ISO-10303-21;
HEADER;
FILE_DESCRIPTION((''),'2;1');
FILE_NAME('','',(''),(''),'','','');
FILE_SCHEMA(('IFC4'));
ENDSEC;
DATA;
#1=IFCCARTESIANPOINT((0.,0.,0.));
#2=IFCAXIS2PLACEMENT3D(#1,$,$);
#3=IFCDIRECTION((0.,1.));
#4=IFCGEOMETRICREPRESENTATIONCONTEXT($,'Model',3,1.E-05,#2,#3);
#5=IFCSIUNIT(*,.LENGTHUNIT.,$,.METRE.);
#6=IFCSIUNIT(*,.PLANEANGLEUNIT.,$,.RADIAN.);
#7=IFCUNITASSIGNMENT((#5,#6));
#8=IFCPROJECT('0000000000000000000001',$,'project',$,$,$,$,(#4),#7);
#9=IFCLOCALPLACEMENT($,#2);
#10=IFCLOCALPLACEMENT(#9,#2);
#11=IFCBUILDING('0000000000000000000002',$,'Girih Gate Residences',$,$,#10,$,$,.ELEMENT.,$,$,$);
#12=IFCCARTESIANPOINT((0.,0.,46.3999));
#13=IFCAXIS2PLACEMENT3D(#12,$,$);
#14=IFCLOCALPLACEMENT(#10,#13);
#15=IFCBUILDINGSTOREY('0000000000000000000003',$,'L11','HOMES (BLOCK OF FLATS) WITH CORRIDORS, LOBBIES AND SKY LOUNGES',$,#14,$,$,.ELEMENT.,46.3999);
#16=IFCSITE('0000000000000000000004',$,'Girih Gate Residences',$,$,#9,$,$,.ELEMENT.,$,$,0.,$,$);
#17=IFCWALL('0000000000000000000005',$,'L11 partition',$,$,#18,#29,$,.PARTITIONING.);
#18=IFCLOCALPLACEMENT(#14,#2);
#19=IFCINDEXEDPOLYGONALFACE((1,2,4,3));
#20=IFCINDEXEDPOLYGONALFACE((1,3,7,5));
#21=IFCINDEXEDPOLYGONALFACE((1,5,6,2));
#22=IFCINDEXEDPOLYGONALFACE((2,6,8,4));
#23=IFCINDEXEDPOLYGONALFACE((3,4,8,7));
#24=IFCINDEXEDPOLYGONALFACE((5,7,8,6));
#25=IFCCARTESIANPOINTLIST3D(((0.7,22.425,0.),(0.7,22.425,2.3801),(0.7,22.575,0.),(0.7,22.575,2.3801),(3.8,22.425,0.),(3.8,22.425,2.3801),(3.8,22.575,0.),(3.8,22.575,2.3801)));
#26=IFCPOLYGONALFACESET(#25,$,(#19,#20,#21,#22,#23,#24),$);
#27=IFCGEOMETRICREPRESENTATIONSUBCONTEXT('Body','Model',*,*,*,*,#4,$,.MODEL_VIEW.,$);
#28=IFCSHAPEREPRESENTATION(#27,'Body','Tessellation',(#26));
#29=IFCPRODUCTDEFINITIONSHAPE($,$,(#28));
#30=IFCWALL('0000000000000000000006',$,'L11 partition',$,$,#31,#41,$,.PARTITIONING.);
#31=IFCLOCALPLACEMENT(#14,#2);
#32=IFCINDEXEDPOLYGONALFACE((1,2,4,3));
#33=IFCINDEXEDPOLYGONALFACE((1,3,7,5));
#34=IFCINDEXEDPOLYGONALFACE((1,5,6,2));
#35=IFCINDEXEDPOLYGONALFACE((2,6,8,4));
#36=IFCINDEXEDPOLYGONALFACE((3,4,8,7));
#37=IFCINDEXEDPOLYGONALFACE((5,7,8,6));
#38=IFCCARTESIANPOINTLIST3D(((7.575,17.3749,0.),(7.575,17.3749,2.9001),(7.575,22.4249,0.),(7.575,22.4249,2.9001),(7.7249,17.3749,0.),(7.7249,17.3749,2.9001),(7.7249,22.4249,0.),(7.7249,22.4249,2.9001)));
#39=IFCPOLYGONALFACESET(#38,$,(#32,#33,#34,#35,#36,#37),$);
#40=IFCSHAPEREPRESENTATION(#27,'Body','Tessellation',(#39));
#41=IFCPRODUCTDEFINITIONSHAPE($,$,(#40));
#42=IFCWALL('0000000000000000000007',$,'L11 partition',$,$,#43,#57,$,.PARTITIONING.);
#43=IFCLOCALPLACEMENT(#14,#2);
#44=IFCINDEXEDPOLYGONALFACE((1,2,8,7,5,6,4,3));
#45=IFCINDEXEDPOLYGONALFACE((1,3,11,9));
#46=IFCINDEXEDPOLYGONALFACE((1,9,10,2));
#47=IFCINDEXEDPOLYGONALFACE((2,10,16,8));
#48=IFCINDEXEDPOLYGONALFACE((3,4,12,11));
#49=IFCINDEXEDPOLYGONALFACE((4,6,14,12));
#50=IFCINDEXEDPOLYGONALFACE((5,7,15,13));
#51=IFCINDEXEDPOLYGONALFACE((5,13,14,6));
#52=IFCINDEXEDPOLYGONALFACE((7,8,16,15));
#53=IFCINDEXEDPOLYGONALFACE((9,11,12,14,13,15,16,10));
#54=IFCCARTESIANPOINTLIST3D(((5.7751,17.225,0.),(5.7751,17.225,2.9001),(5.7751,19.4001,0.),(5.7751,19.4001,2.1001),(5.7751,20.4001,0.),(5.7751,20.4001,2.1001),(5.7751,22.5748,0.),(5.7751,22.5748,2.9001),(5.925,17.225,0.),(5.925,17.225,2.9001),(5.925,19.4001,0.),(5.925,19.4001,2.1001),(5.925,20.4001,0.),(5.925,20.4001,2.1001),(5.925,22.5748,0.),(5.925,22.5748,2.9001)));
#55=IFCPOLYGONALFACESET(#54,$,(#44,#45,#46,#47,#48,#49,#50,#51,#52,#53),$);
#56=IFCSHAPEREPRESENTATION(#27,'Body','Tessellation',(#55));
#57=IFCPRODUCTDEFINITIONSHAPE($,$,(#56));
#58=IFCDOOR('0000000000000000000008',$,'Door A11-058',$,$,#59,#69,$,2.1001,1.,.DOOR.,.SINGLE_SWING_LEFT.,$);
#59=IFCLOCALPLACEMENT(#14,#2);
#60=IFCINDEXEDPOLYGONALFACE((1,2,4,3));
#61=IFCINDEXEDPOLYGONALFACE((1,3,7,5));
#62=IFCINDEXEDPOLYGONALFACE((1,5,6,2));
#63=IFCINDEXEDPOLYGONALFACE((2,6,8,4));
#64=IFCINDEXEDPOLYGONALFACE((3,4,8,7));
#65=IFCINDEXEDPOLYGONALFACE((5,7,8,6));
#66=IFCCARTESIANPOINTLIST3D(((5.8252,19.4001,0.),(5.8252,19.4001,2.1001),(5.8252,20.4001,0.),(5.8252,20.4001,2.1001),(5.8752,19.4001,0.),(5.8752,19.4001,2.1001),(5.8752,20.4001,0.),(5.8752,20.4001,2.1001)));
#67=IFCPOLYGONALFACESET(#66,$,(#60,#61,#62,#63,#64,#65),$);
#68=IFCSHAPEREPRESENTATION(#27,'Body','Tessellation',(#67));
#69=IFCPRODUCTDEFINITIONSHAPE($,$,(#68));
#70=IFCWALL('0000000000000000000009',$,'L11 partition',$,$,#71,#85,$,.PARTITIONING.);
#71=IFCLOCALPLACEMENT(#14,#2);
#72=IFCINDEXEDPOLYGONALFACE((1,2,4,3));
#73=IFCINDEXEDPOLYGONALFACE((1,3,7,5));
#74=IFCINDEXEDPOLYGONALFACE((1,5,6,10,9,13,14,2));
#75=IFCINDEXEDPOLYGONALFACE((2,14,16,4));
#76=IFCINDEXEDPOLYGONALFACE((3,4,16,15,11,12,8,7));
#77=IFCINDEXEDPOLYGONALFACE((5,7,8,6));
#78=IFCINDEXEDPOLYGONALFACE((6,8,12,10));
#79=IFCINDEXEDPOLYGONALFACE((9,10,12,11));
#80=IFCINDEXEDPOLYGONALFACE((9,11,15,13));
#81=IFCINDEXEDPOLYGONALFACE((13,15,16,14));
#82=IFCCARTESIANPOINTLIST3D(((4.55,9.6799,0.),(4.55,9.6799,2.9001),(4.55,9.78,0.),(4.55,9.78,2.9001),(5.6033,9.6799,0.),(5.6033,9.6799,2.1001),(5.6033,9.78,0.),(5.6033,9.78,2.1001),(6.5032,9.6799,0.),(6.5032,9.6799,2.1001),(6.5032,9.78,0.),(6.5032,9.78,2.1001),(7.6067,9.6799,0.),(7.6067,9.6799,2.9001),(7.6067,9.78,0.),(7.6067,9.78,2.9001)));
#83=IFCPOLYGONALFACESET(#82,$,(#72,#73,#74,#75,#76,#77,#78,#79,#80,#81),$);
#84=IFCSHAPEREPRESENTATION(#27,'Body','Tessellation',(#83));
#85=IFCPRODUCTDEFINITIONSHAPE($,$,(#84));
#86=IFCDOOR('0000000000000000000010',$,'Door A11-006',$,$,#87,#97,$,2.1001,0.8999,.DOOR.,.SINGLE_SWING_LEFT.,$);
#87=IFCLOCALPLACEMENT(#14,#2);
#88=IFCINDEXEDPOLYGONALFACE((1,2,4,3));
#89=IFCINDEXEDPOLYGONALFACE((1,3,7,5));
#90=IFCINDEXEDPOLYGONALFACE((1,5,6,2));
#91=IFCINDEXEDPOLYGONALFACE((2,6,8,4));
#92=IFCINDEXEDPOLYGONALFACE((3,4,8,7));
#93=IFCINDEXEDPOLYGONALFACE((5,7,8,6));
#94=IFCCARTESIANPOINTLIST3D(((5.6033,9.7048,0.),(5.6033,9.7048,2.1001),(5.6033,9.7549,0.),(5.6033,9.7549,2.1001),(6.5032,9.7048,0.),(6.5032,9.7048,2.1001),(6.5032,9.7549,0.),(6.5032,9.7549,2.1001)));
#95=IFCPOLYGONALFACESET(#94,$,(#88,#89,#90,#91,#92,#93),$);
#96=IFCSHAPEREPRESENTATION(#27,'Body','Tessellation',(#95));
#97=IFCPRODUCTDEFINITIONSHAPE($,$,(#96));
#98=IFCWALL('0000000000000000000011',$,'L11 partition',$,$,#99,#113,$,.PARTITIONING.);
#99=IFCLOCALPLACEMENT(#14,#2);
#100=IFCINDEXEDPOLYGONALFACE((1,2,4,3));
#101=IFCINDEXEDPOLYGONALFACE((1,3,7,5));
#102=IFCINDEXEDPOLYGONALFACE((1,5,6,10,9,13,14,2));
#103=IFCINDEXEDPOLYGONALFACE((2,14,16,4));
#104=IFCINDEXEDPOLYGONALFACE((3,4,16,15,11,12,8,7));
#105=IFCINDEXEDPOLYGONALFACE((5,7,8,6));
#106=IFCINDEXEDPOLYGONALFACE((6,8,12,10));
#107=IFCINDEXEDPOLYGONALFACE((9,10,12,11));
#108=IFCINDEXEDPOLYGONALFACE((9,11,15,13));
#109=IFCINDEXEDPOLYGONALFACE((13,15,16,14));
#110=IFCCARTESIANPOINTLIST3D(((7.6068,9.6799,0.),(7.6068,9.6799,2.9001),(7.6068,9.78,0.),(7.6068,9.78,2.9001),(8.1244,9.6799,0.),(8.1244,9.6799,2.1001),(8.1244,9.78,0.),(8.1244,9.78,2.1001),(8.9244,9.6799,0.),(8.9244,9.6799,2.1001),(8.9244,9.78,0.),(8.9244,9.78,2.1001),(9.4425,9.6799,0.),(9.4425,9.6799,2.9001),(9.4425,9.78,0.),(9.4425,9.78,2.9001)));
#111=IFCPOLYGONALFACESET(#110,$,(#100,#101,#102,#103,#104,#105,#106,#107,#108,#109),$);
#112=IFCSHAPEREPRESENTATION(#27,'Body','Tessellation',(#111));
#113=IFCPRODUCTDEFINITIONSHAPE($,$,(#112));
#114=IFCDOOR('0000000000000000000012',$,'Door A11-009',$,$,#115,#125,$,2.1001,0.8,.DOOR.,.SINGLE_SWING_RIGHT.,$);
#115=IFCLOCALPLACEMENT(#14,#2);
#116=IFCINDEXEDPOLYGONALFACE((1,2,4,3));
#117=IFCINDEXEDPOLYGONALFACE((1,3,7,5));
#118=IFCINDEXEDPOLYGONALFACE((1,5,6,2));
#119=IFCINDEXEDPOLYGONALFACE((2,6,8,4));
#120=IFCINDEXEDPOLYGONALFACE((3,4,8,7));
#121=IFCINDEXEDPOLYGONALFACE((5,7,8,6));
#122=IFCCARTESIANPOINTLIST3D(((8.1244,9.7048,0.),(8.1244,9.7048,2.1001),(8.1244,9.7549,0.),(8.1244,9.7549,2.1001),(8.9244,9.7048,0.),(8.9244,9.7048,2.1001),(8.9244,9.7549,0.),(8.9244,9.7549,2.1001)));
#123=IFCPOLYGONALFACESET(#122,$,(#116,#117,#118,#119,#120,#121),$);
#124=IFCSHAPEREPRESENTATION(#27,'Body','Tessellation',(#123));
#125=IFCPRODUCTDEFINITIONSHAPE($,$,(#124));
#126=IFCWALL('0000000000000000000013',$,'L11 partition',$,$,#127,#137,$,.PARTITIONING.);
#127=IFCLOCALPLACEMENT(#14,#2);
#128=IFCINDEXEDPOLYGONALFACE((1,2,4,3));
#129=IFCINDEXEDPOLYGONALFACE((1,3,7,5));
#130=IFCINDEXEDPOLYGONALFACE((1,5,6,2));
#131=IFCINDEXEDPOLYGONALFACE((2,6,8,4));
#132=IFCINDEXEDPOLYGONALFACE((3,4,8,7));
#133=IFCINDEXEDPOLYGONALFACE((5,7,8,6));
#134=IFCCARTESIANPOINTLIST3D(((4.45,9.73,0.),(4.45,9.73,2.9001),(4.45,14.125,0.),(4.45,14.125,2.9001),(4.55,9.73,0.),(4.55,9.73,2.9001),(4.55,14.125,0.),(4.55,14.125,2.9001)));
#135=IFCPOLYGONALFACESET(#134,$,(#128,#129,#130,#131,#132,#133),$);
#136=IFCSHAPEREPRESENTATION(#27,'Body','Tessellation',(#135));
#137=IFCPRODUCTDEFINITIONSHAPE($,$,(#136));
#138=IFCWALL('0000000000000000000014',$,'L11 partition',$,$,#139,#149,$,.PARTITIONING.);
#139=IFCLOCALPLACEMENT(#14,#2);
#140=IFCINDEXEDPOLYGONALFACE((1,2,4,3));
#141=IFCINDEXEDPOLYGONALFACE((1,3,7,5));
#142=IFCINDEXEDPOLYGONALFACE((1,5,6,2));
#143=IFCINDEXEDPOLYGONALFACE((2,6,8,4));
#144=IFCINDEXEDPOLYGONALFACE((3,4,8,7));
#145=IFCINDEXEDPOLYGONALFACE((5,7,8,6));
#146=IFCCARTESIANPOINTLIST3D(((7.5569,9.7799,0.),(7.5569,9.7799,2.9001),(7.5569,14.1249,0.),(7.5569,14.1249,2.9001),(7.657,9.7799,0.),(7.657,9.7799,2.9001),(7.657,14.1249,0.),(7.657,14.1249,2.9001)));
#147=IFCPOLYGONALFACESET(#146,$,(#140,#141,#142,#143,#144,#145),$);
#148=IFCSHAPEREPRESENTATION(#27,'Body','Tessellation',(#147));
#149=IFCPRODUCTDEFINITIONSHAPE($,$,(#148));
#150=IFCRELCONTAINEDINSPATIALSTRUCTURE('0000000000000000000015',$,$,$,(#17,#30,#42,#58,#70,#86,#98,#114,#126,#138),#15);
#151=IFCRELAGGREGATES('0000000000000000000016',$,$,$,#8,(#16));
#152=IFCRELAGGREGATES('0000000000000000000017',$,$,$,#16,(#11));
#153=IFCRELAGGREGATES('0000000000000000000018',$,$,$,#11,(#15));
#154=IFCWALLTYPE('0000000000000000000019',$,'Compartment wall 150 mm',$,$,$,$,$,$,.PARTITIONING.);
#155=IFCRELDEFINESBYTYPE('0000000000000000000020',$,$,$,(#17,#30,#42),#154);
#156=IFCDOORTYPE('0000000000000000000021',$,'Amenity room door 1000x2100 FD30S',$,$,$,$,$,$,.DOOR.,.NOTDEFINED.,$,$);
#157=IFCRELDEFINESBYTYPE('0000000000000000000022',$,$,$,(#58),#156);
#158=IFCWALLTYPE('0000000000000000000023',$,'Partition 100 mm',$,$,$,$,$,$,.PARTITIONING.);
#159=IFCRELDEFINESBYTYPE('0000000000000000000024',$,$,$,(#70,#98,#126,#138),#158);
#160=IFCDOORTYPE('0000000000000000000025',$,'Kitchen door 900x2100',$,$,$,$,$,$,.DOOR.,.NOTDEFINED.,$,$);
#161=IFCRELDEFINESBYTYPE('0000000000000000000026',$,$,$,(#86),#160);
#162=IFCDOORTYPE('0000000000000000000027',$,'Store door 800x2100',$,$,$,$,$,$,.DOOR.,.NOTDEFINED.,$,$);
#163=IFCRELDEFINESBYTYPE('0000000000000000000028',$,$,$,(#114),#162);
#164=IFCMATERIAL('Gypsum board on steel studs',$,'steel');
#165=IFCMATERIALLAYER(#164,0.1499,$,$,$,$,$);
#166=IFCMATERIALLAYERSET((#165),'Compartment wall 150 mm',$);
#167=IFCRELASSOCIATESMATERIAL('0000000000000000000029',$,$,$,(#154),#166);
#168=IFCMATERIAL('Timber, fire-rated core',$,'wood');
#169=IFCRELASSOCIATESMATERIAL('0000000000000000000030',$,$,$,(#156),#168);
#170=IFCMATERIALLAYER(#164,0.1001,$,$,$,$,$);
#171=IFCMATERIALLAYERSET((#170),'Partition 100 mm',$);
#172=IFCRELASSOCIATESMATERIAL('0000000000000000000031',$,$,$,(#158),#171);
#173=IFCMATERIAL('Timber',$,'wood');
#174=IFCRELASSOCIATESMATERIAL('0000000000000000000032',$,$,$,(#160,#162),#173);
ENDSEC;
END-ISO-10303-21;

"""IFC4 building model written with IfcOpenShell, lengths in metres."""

from ifc_helpers import new_model, si_unit, direction, frame, frame_2d, origin, place, context, subcontext, project, spatial, rectangle, extrude, material, layer, layer_set, type_object, element, fill, save


model = new_model("IFC4")

# Units and contexts
model_context = context("Model", 3, precision=1e-05, world=origin(), true_north=direction((0.0, 1.0)))
body_context = subcontext(model_context, "Body", "Model", "MODEL_VIEW")
ifc_project = project(units=[si_unit("LENGTHUNIT", "METRE"), si_unit("PLANEANGLEUNIT", "RADIAN")], contexts=[model_context])

# Site, building, storey
site_placement = place(None, origin())
site = spatial("IfcSite", under=ifc_project, at=site_placement, Name="Girih Gate Residences", CompositionType="ELEMENT", RefElevation=0.0)
building_placement = place(site_placement, origin())
building = spatial("IfcBuilding", under=site, at=building_placement, Name="Girih Gate Residences", CompositionType="ELEMENT")
storey_placement = place(building_placement, frame((0.0, 0.0, 46.3999)))
storey = spatial("IfcBuildingStorey", under=building, at=storey_placement, Name="L11", Description="HOMES (BLOCK OF FLATS) WITH CORRIDORS, LOBBIES AND SKY LOUNGES", CompositionType="ELEMENT", Elevation=46.3999)

# Shared definitions
ifc_material_1 = material(Name="Gypsum board on steel studs", Category="steel")
ifc_layer_1 = layer(ifc_material_1, 0.1499)
ifc_layer_set_1 = layer_set([ifc_layer_1], Name="Compartment wall 150 mm")
wall_type_1 = type_object("IfcWallType", Name="Compartment wall 150 mm", PredefinedType="PARTITIONING", material=ifc_layer_set_1)

# Shared definitions
ifc_material_2 = material(Name="Timber", Category="wood")

# Walls
wall_1_placement = place(storey_placement, frame((0.7, 22.5, 0.0), z_axis=(0.0, 0.0, 1.0), x_axis=(1.0, 0.0, 0.0)))
element("IfcWall", 1, at=wall_1_placement, inside=storey, type_object=wall_type_1, Name="L11 partition", PredefinedType="PARTITIONING", context=body_context, shape_type="SweptSolid", body=[
    extrude(rectangle(XDim=3.1001, YDim=0.1499, at=frame_2d((1.55, 0.0))), origin(), (0.0, 0.0, 1.0), 2.3801),
])
wall_2_placement = place(storey_placement, frame((7.6499, 17.375, 0.0), z_axis=(0.0, 0.0, 1.0), x_axis=(0.0, 1.0, 0.0)))
element("IfcWall", 2, at=wall_2_placement, inside=storey, type_object=wall_type_1, Name="L11 partition", PredefinedType="PARTITIONING", context=body_context, shape_type="SweptSolid", body=[
    extrude(rectangle(XDim=5.05, YDim=0.1499, at=frame_2d((2.5249, 0.0))), origin(), (0.0, 0.0, 1.0), 2.9001),
])

# Walls, openings, doors
wall_3_placement = place(storey_placement, frame((5.8501, 17.2251, 0.0), z_axis=(0.0, 0.0, 1.0), x_axis=(0.0, 1.0, 0.0)))
wall_3 = element("IfcWall", 3, at=wall_3_placement, inside=storey, type_object=wall_type_1, Name="L11 partition", PredefinedType="PARTITIONING", context=body_context, shape_type="SweptSolid", body=[
    extrude(rectangle(XDim=5.3499, YDim=0.1499, at=frame_2d((2.6748, 0.0))), origin(), (0.0, 0.0, 1.0), 2.9001),
])
opening_1_placement = place(wall_3_placement, frame((2.175, 0.0, 0.0)))
opening_1 = element("IfcOpeningElement", 4, at=opening_1_placement, cuts=wall_3, PredefinedType="OPENING", context=body_context, shape_type="SweptSolid", body=[
    extrude(rectangle(XDim=1.0, YDim=2.1001, at=frame_2d((0.5, 1.05))), frame((0.0, 0.085, 0.0), z_axis=(0.0, -1.0, 0.0), x_axis=(1.0, 0.0, 0.0)), (0.0, 0.0, 1.0), 0.1699),
])
ifc_material_3 = material(Name="Timber, fire-rated core", Category="wood")
door_type_1 = type_object("IfcDoorType", Name="Amenity room door 1000x2100 FD30S", OperationType="NOTDEFINED", PredefinedType="DOOR", material=ifc_material_3)
door_1_placement = place(opening_1_placement, origin())
door_1 = element("IfcDoor", 5, at=door_1_placement, inside=storey, type_object=door_type_1, Name="Door A11-058", OperationType="SINGLE_SWING_LEFT", OverallHeight=2.1001, OverallWidth=1.0, PredefinedType="DOOR", context=body_context, shape_type="SweptSolid", body=[
    extrude(rectangle(XDim=1.0, YDim=2.1001, at=frame_2d((0.5, 1.05))), frame((0.0, 0.0249, 0.0), z_axis=(0.0, -1.0, 0.0), x_axis=(1.0, 0.0, 0.0)), (0.0, 0.0, 1.0), 0.05),
])
fill(opening_1, door_1)
ifc_layer_2 = layer(ifc_material_1, 0.1001)
ifc_layer_set_2 = layer_set([ifc_layer_2], Name="Partition 100 mm")
wall_type_2 = type_object("IfcWallType", Name="Partition 100 mm", PredefinedType="PARTITIONING", material=ifc_layer_set_2)
wall_4_placement = place(storey_placement, frame((4.55, 9.73, 0.0), z_axis=(0.0, 0.0, 1.0), x_axis=(1.0, 0.0, 0.0)))
wall_4 = element("IfcWall", 6, at=wall_4_placement, inside=storey, type_object=wall_type_2, Name="L11 partition", PredefinedType="PARTITIONING", context=body_context, shape_type="SweptSolid", body=[
    extrude(rectangle(XDim=3.0566, YDim=0.1001, at=frame_2d((1.5283, 0.0))), origin(), (0.0, 0.0, 1.0), 2.9001),
])
opening_2_placement = place(wall_4_placement, frame((1.0532, 0.0, 0.0)))
opening_2 = element("IfcOpeningElement", 7, at=opening_2_placement, cuts=wall_4, PredefinedType="OPENING", context=body_context, shape_type="SweptSolid", body=[
    extrude(rectangle(XDim=0.8999, YDim=2.1001, at=frame_2d((0.45, 1.05))), frame((0.0, 0.0601, 0.0), z_axis=(0.0, -1.0, 0.0), x_axis=(1.0, 0.0, 0.0)), (0.0, 0.0, 1.0), 0.1201),
])
door_type_2 = type_object("IfcDoorType", Name="Kitchen door 900x2100", OperationType="NOTDEFINED", PredefinedType="DOOR", material=ifc_material_2)
door_2_placement = place(opening_2_placement, origin())
door_2 = element("IfcDoor", 8, at=door_2_placement, inside=storey, type_object=door_type_2, Name="Door A11-006", OperationType="SINGLE_SWING_LEFT", OverallHeight=2.1001, OverallWidth=0.8999, PredefinedType="DOOR", context=body_context, shape_type="SweptSolid", body=[
    extrude(rectangle(XDim=0.8999, YDim=2.1001, at=frame_2d((0.45, 1.05))), frame((0.0, 0.0249, 0.0), z_axis=(0.0, -1.0, 0.0), x_axis=(1.0, 0.0, 0.0)), (0.0, 0.0, 1.0), 0.05),
])
fill(opening_2, door_2)
wall_5_placement = place(storey_placement, frame((7.6067, 9.73, 0.0), z_axis=(0.0, 0.0, 1.0), x_axis=(1.0, 0.0, 0.0)))
wall_5 = element("IfcWall", 9, at=wall_5_placement, inside=storey, type_object=wall_type_2, Name="L11 partition", PredefinedType="PARTITIONING", context=body_context, shape_type="SweptSolid", body=[
    extrude(rectangle(XDim=1.8357, YDim=0.1001, at=frame_2d((0.918, 0.0))), origin(), (0.0, 0.0, 1.0), 2.9001),
])
opening_3_placement = place(wall_5_placement, frame((0.5178, 0.0, 0.0)))
opening_3 = element("IfcOpeningElement", 10, at=opening_3_placement, cuts=wall_5, PredefinedType="OPENING", context=body_context, shape_type="SweptSolid", body=[
    extrude(rectangle(XDim=0.8, YDim=2.1001, at=frame_2d((0.3999, 1.05))), frame((0.0, 0.0601, 0.0), z_axis=(0.0, -1.0, 0.0), x_axis=(1.0, 0.0, 0.0)), (0.0, 0.0, 1.0), 0.1201),
])
door_type_3 = type_object("IfcDoorType", Name="Store door 800x2100", OperationType="NOTDEFINED", PredefinedType="DOOR", material=ifc_material_2)
door_3_placement = place(opening_3_placement, origin())
door_3 = element("IfcDoor", 11, at=door_3_placement, inside=storey, type_object=door_type_3, Name="Door A11-009", OperationType="SINGLE_SWING_RIGHT", OverallHeight=2.1001, OverallWidth=0.8, PredefinedType="DOOR", context=body_context, shape_type="SweptSolid", body=[
    extrude(rectangle(XDim=0.8, YDim=2.1001, at=frame_2d((0.3999, 1.05))), frame((0.0, 0.0249, 0.0), z_axis=(0.0, -1.0, 0.0), x_axis=(1.0, 0.0, 0.0)), (0.0, 0.0, 1.0), 0.05),
])
fill(opening_3, door_3)

# Walls
wall_6_placement = place(storey_placement, frame((4.5, 9.73, 0.0), z_axis=(0.0, 0.0, 1.0), x_axis=(0.0, 1.0, 0.0)))
element("IfcWall", 12, at=wall_6_placement, inside=storey, type_object=wall_type_2, Name="L11 partition", PredefinedType="PARTITIONING", context=body_context, shape_type="SweptSolid", body=[
    extrude(rectangle(XDim=4.395, YDim=0.1001, at=frame_2d((2.1975, 0.0))), origin(), (0.0, 0.0, 1.0), 2.9001),
])
wall_7_placement = place(storey_placement, frame((7.6069, 9.78, 0.0), z_axis=(0.0, 0.0, 1.0), x_axis=(0.0, 1.0, 0.0)))
element("IfcWall", 13, at=wall_7_placement, inside=storey, type_object=wall_type_2, Name="L11 partition", PredefinedType="PARTITIONING", context=body_context, shape_type="SweptSolid", body=[
    extrude(rectangle(XDim=4.345, YDim=0.1001, at=frame_2d((2.1724, 0.0))), origin(), (0.0, 0.0, 1.0), 2.9001),
])

save(model, "model.ifc")
